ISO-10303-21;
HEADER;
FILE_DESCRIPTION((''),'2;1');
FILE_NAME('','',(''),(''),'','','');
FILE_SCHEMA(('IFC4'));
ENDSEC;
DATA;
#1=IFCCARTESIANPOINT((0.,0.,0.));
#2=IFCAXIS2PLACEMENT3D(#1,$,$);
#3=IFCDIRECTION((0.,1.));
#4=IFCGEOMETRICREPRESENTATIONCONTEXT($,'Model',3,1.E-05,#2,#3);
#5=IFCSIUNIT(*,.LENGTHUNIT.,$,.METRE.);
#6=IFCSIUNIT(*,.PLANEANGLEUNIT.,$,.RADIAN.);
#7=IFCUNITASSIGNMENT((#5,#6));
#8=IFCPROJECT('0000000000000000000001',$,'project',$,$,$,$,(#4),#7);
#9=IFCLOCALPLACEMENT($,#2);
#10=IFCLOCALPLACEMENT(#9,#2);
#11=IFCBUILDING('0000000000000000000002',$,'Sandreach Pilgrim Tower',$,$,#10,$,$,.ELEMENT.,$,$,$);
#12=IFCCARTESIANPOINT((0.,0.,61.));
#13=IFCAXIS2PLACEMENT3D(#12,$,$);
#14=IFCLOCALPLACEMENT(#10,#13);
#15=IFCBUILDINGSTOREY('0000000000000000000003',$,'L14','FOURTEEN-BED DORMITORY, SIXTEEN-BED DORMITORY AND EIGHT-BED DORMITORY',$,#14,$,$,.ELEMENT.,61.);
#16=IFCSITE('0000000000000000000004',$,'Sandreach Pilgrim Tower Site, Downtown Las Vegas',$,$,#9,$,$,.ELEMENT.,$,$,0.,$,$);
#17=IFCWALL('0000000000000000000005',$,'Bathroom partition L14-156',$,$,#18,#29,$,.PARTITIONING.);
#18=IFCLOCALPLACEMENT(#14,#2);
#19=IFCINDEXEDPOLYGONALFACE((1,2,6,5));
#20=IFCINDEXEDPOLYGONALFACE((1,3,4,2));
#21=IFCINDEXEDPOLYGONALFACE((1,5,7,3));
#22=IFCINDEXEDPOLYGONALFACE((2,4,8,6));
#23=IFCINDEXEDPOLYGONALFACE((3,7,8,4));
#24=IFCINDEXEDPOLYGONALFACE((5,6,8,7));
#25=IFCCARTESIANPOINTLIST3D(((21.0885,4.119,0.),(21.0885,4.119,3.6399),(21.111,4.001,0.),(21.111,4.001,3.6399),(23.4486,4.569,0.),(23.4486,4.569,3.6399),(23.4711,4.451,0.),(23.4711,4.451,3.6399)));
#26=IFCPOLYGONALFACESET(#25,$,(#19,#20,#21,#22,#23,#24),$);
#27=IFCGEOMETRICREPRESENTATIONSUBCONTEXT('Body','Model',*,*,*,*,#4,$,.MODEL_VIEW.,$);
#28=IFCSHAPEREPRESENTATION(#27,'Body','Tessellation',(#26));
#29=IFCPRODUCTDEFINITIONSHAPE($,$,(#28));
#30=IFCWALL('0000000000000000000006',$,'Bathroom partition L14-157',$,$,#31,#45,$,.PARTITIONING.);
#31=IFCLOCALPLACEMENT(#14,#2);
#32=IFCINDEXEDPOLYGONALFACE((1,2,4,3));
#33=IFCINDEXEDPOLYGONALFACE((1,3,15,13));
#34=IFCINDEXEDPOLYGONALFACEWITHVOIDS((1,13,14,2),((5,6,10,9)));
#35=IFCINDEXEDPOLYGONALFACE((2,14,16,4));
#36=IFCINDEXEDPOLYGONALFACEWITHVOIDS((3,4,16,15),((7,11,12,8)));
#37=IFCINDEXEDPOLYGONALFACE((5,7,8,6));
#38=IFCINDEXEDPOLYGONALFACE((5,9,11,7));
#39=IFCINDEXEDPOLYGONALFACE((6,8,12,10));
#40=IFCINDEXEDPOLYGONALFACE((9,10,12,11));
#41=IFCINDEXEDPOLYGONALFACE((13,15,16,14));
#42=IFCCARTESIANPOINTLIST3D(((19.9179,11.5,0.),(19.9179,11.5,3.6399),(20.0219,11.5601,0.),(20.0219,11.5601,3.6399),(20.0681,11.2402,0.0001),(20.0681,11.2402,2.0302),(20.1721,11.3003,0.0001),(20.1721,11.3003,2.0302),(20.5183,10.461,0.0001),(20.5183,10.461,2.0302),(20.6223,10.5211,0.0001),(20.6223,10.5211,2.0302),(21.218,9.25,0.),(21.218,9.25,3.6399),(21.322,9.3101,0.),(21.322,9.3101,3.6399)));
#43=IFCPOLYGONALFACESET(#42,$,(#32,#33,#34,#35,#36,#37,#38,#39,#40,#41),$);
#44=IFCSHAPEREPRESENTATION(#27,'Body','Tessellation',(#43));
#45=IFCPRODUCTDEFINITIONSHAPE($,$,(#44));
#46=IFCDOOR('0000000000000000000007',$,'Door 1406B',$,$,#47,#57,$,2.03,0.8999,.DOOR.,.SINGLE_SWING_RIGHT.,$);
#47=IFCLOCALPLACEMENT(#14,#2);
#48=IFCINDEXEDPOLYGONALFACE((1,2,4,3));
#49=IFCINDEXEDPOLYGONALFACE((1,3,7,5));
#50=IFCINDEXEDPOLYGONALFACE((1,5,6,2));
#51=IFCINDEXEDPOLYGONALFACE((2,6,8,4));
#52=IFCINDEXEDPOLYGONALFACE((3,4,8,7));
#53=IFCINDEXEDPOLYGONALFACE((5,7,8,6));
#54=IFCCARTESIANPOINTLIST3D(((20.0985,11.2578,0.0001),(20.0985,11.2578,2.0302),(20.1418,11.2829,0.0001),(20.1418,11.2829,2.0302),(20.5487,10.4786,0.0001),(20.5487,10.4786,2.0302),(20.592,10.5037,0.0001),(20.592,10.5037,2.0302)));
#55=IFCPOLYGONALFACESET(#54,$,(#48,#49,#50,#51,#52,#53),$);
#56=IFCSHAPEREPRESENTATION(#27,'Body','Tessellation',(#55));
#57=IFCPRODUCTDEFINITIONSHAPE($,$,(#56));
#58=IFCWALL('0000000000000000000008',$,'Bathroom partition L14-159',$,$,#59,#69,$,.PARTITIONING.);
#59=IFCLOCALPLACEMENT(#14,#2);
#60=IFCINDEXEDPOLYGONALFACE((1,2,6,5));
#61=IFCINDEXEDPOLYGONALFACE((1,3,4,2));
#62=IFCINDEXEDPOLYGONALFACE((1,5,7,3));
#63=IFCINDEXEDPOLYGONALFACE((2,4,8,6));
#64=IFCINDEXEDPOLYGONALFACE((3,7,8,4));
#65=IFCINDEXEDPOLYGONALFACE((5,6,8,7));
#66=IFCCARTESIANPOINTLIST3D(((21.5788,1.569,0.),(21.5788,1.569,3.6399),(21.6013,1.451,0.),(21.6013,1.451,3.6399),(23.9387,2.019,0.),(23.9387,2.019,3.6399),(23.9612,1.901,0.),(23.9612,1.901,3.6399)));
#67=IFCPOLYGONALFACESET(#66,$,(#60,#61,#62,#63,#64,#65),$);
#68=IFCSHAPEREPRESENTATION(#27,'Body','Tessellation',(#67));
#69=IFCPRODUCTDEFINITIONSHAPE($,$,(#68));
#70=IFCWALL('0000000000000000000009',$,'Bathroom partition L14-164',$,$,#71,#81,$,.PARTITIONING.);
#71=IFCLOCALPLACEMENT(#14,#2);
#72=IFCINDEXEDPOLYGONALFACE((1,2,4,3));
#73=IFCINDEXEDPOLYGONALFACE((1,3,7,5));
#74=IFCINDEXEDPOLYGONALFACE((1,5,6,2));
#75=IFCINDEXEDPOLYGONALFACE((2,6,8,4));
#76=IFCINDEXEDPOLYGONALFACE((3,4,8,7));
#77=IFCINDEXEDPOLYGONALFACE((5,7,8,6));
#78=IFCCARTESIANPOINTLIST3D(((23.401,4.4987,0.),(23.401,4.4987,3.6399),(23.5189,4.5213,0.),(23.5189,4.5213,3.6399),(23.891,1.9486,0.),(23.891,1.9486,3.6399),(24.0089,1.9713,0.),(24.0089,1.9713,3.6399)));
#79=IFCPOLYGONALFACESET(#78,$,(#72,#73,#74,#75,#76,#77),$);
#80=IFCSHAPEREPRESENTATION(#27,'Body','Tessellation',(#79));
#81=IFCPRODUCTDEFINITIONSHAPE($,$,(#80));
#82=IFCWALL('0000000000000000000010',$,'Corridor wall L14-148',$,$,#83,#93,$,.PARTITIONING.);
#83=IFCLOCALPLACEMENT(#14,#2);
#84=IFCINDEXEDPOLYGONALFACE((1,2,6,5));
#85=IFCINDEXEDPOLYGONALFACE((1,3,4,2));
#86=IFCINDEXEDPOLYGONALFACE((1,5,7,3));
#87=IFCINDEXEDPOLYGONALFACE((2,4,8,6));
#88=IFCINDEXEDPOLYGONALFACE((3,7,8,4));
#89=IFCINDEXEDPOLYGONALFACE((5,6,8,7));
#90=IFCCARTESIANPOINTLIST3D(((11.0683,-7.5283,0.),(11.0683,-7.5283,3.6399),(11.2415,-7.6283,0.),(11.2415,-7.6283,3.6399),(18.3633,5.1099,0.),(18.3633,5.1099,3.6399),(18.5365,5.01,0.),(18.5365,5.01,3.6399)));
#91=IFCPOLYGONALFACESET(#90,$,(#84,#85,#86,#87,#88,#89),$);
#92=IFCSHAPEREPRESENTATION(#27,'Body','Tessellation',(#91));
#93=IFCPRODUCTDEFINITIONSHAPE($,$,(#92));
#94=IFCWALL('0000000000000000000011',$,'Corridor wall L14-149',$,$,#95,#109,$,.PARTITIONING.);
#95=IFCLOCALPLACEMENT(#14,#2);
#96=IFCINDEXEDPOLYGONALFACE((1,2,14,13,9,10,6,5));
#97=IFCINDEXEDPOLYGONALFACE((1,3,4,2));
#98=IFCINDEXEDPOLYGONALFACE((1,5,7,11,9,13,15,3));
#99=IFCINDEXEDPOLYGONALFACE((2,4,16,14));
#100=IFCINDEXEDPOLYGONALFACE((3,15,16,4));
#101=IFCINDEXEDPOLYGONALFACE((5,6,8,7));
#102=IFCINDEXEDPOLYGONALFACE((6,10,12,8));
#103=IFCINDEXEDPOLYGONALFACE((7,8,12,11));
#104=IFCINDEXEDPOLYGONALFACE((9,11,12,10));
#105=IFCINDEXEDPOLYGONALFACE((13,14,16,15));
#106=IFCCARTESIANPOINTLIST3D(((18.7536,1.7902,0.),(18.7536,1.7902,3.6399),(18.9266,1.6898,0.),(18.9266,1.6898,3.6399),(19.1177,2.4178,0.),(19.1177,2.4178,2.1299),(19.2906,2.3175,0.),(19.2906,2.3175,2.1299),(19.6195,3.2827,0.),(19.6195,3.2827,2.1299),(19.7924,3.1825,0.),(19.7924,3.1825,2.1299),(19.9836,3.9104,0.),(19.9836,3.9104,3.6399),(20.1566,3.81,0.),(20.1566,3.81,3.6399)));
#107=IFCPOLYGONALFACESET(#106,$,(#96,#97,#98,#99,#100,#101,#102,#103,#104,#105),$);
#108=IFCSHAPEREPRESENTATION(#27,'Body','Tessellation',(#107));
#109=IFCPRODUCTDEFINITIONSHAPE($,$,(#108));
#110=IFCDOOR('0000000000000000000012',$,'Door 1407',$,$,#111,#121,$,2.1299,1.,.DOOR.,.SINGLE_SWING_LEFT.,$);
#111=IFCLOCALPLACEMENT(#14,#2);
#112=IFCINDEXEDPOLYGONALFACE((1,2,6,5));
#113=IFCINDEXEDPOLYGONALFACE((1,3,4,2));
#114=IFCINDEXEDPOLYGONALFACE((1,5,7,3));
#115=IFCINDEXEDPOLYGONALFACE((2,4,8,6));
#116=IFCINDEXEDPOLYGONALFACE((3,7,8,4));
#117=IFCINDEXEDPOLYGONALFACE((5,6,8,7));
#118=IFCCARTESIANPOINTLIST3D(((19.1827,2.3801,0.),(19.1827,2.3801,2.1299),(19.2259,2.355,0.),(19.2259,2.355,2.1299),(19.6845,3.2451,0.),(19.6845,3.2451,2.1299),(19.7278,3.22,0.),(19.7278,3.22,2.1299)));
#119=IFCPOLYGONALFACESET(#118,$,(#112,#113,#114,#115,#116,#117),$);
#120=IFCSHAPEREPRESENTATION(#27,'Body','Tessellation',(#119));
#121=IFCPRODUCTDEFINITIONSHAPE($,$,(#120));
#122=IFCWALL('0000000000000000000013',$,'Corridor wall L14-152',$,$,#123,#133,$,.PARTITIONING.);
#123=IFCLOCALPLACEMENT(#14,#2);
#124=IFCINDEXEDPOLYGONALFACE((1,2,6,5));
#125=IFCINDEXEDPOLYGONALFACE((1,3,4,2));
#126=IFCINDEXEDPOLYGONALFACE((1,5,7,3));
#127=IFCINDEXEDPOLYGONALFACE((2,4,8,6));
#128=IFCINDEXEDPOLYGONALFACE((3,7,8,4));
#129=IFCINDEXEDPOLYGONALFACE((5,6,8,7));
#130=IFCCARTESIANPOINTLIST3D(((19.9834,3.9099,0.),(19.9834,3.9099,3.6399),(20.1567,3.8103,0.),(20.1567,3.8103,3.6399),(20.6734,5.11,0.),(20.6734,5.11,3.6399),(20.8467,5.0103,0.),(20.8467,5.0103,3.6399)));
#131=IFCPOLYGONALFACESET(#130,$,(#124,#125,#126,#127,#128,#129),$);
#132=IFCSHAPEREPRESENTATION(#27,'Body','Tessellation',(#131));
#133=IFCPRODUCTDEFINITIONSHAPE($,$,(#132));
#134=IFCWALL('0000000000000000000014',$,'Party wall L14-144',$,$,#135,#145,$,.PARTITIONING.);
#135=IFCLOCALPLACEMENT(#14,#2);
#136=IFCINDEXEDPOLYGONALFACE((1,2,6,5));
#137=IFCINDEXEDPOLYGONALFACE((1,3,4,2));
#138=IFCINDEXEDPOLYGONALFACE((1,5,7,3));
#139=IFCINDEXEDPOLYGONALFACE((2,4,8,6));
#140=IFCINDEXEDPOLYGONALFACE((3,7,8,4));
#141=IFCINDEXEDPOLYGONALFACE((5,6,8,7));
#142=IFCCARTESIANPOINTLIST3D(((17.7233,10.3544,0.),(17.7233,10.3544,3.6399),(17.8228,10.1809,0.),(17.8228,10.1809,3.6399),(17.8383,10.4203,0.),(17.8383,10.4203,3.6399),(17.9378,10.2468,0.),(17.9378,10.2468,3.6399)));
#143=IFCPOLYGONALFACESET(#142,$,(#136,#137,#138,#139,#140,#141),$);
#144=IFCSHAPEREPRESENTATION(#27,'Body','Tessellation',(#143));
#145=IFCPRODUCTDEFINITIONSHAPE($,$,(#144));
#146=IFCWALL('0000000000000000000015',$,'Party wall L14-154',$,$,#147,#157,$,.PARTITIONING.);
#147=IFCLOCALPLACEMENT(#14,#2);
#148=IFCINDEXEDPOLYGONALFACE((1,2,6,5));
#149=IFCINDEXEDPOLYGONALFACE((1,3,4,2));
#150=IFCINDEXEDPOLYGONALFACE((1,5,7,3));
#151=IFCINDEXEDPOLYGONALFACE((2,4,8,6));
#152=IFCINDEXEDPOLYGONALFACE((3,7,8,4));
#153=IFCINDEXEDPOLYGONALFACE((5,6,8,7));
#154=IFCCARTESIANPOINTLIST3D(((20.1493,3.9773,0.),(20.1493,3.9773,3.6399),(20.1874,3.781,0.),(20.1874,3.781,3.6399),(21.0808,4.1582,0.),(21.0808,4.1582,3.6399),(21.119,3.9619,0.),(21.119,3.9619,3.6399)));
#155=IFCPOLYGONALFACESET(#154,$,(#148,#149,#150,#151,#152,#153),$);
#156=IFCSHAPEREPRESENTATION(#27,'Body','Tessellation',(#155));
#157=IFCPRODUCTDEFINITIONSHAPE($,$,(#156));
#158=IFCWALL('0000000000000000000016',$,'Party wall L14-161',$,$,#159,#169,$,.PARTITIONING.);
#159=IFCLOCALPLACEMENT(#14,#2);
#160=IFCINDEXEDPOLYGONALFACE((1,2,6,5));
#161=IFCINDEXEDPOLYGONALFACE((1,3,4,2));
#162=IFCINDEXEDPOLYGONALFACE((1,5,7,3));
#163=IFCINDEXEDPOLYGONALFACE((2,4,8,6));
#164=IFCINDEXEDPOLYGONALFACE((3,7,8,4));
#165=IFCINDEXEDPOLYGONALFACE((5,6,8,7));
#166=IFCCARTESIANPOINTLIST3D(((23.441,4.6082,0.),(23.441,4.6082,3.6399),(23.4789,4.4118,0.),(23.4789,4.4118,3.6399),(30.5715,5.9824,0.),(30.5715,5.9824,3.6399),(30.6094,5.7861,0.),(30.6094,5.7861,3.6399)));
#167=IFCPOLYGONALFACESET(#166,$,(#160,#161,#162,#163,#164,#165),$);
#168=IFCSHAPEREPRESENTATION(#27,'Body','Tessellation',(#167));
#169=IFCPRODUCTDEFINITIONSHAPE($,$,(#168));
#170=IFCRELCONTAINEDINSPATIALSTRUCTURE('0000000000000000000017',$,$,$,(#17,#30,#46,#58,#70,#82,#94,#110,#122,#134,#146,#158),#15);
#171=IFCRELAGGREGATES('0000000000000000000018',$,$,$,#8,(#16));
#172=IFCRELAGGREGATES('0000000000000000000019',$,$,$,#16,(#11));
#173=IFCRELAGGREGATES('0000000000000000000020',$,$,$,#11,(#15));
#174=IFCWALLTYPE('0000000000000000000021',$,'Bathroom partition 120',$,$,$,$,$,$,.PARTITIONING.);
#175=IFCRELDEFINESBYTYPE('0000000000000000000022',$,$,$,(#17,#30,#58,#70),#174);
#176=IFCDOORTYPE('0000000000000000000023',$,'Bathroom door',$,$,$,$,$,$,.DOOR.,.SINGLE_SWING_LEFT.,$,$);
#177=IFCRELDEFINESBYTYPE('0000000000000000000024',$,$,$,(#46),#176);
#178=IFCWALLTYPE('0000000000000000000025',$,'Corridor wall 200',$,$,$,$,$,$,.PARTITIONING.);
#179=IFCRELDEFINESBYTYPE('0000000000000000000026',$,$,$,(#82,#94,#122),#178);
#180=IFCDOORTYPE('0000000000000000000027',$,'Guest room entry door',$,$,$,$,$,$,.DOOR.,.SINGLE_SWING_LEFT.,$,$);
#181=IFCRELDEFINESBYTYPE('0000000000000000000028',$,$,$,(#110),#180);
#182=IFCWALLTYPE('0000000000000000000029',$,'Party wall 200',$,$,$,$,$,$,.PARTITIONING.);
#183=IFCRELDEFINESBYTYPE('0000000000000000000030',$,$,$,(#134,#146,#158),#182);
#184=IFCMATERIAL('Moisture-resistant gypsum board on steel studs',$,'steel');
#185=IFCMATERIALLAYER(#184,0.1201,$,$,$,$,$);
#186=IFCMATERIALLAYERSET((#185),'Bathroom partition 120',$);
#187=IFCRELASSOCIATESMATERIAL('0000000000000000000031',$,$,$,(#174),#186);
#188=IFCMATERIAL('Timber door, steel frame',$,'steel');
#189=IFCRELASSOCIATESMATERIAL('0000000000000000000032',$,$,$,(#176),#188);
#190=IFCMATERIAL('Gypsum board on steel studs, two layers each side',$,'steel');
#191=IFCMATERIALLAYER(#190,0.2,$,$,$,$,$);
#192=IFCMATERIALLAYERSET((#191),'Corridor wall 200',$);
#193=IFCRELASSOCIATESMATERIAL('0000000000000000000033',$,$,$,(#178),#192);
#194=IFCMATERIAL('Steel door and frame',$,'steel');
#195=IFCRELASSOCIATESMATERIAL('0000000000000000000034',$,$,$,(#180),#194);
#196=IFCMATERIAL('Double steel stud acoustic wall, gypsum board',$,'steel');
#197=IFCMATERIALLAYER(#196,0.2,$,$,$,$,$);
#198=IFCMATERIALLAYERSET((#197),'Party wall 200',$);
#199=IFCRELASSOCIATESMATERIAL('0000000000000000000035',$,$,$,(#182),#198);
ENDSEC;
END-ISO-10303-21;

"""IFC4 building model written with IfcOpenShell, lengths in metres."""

from ifc_helpers import new_model, si_unit, direction, frame, frame_2d, origin, place, context, subcontext, project, spatial, rectangle, extrude, material, layer, layer_set, type_object, element, fill, save


model = new_model("IFC4")

# Units and contexts
model_context = context("Model", 3, precision=1e-05, world=origin(), true_north=direction((0.0, 1.0)))
body_context = subcontext(model_context, "Body", "Model", "MODEL_VIEW")
ifc_project = project(units=[si_unit("LENGTHUNIT", "METRE"), si_unit("PLANEANGLEUNIT", "RADIAN")], contexts=[model_context])

# Site, building, storey
site_placement = place(None, origin())
site = spatial("IfcSite", under=ifc_project, at=site_placement, Name="Sandreach Pilgrim Tower Site, Downtown Las Vegas", CompositionType="ELEMENT", RefElevation=0.0)
building_placement = place(site_placement, origin())
building = spatial("IfcBuilding", under=site, at=building_placement, Name="Sandreach Pilgrim Tower", CompositionType="ELEMENT")
storey_placement = place(building_placement, frame((0.0, 0.0, 61.0)))
storey = spatial("IfcBuildingStorey", under=building, at=storey_placement, Name="L14", Description="FOURTEEN-BED DORMITORY, SIXTEEN-BED DORMITORY AND EIGHT-BED DORMITORY", CompositionType="ELEMENT", Elevation=61.0)

# Shared definitions
ifc_material_1 = material(Name="Moisture-resistant gypsum board on steel studs", Category="steel")
ifc_layer_1 = layer(ifc_material_1, 0.1201)
ifc_layer_set_1 = layer_set([ifc_layer_1], Name="Bathroom partition 120")
wall_type_1 = type_object("IfcWallType", Name="Bathroom partition 120", PredefinedType="PARTITIONING", material=ifc_layer_set_1)

# Shared definitions
ifc_material_2 = material(Name="Timber door, steel frame", Category="steel")
door_type_1 = type_object("IfcDoorType", Name="Bathroom door", OperationType="SINGLE_SWING_LEFT", PredefinedType="DOOR", material=ifc_material_2)

# Wall
wall_1_placement = place(storey_placement, frame((21.0999, 4.0601, 0.0), z_axis=(0.0, 0.0, 1.0), x_axis=(0.982307, 0.187276, 0.0)))
element("IfcWall", 1, at=wall_1_placement, inside=storey, type_object=wall_type_1, Name="Bathroom partition L14-156", PredefinedType="PARTITIONING", context=body_context, shape_type="SweptSolid", body=[
    extrude(rectangle(XDim=2.4026, YDim=0.1201, at=frame_2d((1.2012, 0.0))), origin(), (0.0, 0.0, 1.0), 3.6399),
])

# Wall, opening, door
wall_2_placement = place(storey_placement, frame((21.27, 9.28, 0.0), z_axis=(0.0, 0.0, 1.0), x_axis=(-0.500292, 0.865857, 0.0)))
wall_2 = element("IfcWall", 2, at=wall_2_placement, inside=storey, type_object=wall_type_1, Name="Bathroom partition L14-157", PredefinedType="PARTITIONING", context=body_context, shape_type="SweptSolid", body=[
    extrude(rectangle(XDim=2.5986, YDim=0.1201, at=frame_2d((1.2993, 0.0))), origin(), (0.0, 0.0, 1.0), 3.6399),
])
opening_1_placement = place(wall_2_placement, frame((1.3987, 0.0, 0.0)))
opening_1 = element("IfcOpeningElement", 3, at=opening_1_placement, cuts=wall_2, PredefinedType="OPENING", context=body_context, shape_type="SweptSolid", body=[
    extrude(rectangle(XDim=0.8999, YDim=2.03, at=frame_2d((0.45, 1.0151))), frame((0.0, 0.0601, 0.0), z_axis=(0.0, -1.0, 0.0), x_axis=(1.0, 0.0, 0.0)), (0.0, 0.0, 1.0), 0.1201),
])
door_1_placement = place(opening_1_placement, origin())
door_1 = element("IfcDoor", 4, at=door_1_placement, inside=storey, type_object=door_type_1, Name="Door 1406B", OperationType="SINGLE_SWING_RIGHT", OverallHeight=2.03, OverallWidth=0.8999, PredefinedType="DOOR", context=body_context, shape_type="SweptSolid", body=[
    extrude(rectangle(XDim=0.8999, YDim=2.03, at=frame_2d((0.45, 1.0151))), frame((0.0, 0.0249, 0.0), z_axis=(0.0, -1.0, 0.0), x_axis=(1.0, 0.0, 0.0)), (0.0, 0.0, 1.0), 0.05),
])
fill(opening_1, door_1)

# Walls
wall_3_placement = place(storey_placement, frame((21.5901, 1.51, 0.0), z_axis=(0.0, 0.0, 1.0), x_axis=(0.982304, 0.187294, 0.0)))
element("IfcWall", 5, at=wall_3_placement, inside=storey, type_object=wall_type_1, Name="Bathroom partition L14-159", PredefinedType="PARTITIONING", context=body_context, shape_type="SweptSolid", body=[
    extrude(rectangle(XDim=2.4023, YDim=0.1201, at=frame_2d((1.2012, 0.0))), origin(), (0.0, 0.0, 1.0), 3.6399),
])
wall_4_placement = place(storey_placement, frame((23.95, 1.96, 0.0), z_axis=(0.0, 0.0, 1.0), x_axis=(-0.188697, 0.982035, 0.0)))
element("IfcWall", 6, at=wall_4_placement, inside=storey, type_object=wall_type_1, Name="Bathroom partition L14-164", PredefinedType="PARTITIONING", context=body_context, shape_type="SweptSolid", body=[
    extrude(rectangle(XDim=2.5967, YDim=0.1201, at=frame_2d((1.2983, 0.0))), origin(), (0.0, 0.0, 1.0), 3.6399),
])

# Shared definitions
ifc_material_3 = material(Name="Gypsum board on steel studs, two layers each side", Category="steel")
ifc_layer_2 = layer(ifc_material_3, 0.2)
ifc_layer_set_2 = layer_set([ifc_layer_2], Name="Corridor wall 200")
wall_type_2 = type_object("IfcWallType", Name="Corridor wall 200", PredefinedType="PARTITIONING", material=ifc_layer_set_2)
ifc_material_4 = material(Name="Steel door and frame", Category="steel")
door_type_2 = type_object("IfcDoorType", Name="Guest room entry door", OperationType="SINGLE_SWING_LEFT", PredefinedType="DOOR", material=ifc_material_4)

# Wall
wall_5_placement = place(storey_placement, frame((18.45, 5.0601, 0.0), z_axis=(0.0, 0.0, 1.0), x_axis=(-0.499911, -0.866077, 0.0)))
element("IfcWall", 7, at=wall_5_placement, inside=storey, type_object=wall_type_2, Name="Corridor wall L14-148", PredefinedType="PARTITIONING", context=body_context, shape_type="SweptSolid", body=[
    extrude(rectangle(XDim=14.5925, YDim=0.2, at=frame_2d((7.2964, 0.0))), origin(), (0.0, 0.0, 1.0), 3.6399),
])

# Wall, opening, door
wall_6_placement = place(storey_placement, frame((18.8401, 1.74, 0.0), z_axis=(0.0, 0.0, 1.0), x_axis=(0.501813, 0.864976, 0.0)))
wall_6 = element("IfcWall", 8, at=wall_6_placement, inside=storey, type_object=wall_type_2, Name="Corridor wall L14-149", PredefinedType="PARTITIONING", context=body_context, shape_type="SweptSolid", body=[
    extrude(rectangle(XDim=2.4512, YDim=0.2, at=frame_2d((1.2256, 0.0))), origin(), (0.0, 0.0, 1.0), 3.6399),
])
opening_2_placement = place(wall_6_placement, frame((0.7256, 0.0, 0.0)))
opening_2 = element("IfcOpeningElement", 9, at=opening_2_placement, cuts=wall_6, PredefinedType="OPENING", context=body_context, shape_type="SweptSolid", body=[
    extrude(rectangle(XDim=1.0, YDim=2.1299, at=frame_2d((0.5, 1.0649))), frame((0.0, 0.1001, 0.0), z_axis=(0.0, -1.0, 0.0), x_axis=(1.0, 0.0, 0.0)), (0.0, 0.0, 1.0), 0.2),
])
door_2_placement = place(opening_2_placement, origin())
door_2 = element("IfcDoor", 10, at=door_2_placement, inside=storey, type_object=door_type_2, Name="Door 1407", OperationType="SINGLE_SWING_LEFT", OverallHeight=2.1299, OverallWidth=1.0, PredefinedType="DOOR", context=body_context, shape_type="SweptSolid", body=[
    extrude(rectangle(XDim=1.0, YDim=2.1299, at=frame_2d((0.5, 1.0649))), frame((0.0, 0.0249, 0.0), z_axis=(0.0, -1.0, 0.0), x_axis=(1.0, 0.0, 0.0)), (0.0, 0.0, 1.0), 0.05),
])
fill(opening_2, door_2)

# Walls
wall_7_placement = place(storey_placement, frame((20.0701, 3.8601, 0.0), z_axis=(0.0, 0.0, 1.0), x_axis=(0.498455, 0.866916, 0.0)))
element("IfcWall", 11, at=wall_7_placement, inside=storey, type_object=wall_type_2, Name="Corridor wall L14-152", PredefinedType="PARTITIONING", context=body_context, shape_type="SweptSolid", body=[
    extrude(rectangle(XDim=1.3843, YDim=0.2, at=frame_2d((0.6921, 0.0))), origin(), (0.0, 0.0, 1.0), 3.6399),
])
ifc_material_5 = material(Name="Double steel stud acoustic wall, gypsum board", Category="steel")
ifc_layer_3 = layer(ifc_material_5, 0.2)
ifc_layer_set_3 = layer_set([ifc_layer_3], Name="Party wall 200")
wall_type_3 = type_object("IfcWallType", Name="Party wall 200", PredefinedType="PARTITIONING", material=ifc_layer_set_3)
wall_8_placement = place(storey_placement, frame((17.7729, 10.2676, 0.0), z_axis=(0.0, 0.0, 1.0), x_axis=(0.867562, 0.497329, 0.0)))
element("IfcWall", 12, at=wall_8_placement, inside=storey, type_object=wall_type_3, Name="Party wall L14-144", PredefinedType="PARTITIONING", context=body_context, shape_type="SweptSolid", body=[
    extrude(rectangle(XDim=0.1326, YDim=0.2, at=frame_2d((0.0664, 0.0))), origin(), (0.0, 0.0, 1.0), 3.6399),
])
wall_9_placement = place(storey_placement, frame((20.1682, 3.8792, 0.0), z_axis=(0.0, 0.0, 1.0), x_axis=(0.981664, 0.190622, 0.0)))
element("IfcWall", 13, at=wall_9_placement, inside=storey, type_object=wall_type_3, Name="Party wall L14-154", PredefinedType="PARTITIONING", context=body_context, shape_type="SweptSolid", body=[
    extrude(rectangle(XDim=0.949, YDim=0.2, at=frame_2d((0.4746, 0.0))), origin(), (0.0, 0.0, 1.0), 3.6399),
])
wall_10_placement = place(storey_placement, frame((23.46, 4.51, 0.0), z_axis=(0.0, 0.0, 1.0), x_axis=(0.98193, 0.189245, 0.0)))
element("IfcWall", 14, at=wall_10_placement, inside=storey, type_object=wall_type_3, Name="Party wall L14-161", PredefinedType="PARTITIONING", context=body_context, shape_type="SweptSolid", body=[
    extrude(rectangle(XDim=7.2617, YDim=0.2, at=frame_2d((3.6309, 0.0))), origin(), (0.0, 0.0, 1.0), 3.6399),
])

save(model, "model.ifc")
